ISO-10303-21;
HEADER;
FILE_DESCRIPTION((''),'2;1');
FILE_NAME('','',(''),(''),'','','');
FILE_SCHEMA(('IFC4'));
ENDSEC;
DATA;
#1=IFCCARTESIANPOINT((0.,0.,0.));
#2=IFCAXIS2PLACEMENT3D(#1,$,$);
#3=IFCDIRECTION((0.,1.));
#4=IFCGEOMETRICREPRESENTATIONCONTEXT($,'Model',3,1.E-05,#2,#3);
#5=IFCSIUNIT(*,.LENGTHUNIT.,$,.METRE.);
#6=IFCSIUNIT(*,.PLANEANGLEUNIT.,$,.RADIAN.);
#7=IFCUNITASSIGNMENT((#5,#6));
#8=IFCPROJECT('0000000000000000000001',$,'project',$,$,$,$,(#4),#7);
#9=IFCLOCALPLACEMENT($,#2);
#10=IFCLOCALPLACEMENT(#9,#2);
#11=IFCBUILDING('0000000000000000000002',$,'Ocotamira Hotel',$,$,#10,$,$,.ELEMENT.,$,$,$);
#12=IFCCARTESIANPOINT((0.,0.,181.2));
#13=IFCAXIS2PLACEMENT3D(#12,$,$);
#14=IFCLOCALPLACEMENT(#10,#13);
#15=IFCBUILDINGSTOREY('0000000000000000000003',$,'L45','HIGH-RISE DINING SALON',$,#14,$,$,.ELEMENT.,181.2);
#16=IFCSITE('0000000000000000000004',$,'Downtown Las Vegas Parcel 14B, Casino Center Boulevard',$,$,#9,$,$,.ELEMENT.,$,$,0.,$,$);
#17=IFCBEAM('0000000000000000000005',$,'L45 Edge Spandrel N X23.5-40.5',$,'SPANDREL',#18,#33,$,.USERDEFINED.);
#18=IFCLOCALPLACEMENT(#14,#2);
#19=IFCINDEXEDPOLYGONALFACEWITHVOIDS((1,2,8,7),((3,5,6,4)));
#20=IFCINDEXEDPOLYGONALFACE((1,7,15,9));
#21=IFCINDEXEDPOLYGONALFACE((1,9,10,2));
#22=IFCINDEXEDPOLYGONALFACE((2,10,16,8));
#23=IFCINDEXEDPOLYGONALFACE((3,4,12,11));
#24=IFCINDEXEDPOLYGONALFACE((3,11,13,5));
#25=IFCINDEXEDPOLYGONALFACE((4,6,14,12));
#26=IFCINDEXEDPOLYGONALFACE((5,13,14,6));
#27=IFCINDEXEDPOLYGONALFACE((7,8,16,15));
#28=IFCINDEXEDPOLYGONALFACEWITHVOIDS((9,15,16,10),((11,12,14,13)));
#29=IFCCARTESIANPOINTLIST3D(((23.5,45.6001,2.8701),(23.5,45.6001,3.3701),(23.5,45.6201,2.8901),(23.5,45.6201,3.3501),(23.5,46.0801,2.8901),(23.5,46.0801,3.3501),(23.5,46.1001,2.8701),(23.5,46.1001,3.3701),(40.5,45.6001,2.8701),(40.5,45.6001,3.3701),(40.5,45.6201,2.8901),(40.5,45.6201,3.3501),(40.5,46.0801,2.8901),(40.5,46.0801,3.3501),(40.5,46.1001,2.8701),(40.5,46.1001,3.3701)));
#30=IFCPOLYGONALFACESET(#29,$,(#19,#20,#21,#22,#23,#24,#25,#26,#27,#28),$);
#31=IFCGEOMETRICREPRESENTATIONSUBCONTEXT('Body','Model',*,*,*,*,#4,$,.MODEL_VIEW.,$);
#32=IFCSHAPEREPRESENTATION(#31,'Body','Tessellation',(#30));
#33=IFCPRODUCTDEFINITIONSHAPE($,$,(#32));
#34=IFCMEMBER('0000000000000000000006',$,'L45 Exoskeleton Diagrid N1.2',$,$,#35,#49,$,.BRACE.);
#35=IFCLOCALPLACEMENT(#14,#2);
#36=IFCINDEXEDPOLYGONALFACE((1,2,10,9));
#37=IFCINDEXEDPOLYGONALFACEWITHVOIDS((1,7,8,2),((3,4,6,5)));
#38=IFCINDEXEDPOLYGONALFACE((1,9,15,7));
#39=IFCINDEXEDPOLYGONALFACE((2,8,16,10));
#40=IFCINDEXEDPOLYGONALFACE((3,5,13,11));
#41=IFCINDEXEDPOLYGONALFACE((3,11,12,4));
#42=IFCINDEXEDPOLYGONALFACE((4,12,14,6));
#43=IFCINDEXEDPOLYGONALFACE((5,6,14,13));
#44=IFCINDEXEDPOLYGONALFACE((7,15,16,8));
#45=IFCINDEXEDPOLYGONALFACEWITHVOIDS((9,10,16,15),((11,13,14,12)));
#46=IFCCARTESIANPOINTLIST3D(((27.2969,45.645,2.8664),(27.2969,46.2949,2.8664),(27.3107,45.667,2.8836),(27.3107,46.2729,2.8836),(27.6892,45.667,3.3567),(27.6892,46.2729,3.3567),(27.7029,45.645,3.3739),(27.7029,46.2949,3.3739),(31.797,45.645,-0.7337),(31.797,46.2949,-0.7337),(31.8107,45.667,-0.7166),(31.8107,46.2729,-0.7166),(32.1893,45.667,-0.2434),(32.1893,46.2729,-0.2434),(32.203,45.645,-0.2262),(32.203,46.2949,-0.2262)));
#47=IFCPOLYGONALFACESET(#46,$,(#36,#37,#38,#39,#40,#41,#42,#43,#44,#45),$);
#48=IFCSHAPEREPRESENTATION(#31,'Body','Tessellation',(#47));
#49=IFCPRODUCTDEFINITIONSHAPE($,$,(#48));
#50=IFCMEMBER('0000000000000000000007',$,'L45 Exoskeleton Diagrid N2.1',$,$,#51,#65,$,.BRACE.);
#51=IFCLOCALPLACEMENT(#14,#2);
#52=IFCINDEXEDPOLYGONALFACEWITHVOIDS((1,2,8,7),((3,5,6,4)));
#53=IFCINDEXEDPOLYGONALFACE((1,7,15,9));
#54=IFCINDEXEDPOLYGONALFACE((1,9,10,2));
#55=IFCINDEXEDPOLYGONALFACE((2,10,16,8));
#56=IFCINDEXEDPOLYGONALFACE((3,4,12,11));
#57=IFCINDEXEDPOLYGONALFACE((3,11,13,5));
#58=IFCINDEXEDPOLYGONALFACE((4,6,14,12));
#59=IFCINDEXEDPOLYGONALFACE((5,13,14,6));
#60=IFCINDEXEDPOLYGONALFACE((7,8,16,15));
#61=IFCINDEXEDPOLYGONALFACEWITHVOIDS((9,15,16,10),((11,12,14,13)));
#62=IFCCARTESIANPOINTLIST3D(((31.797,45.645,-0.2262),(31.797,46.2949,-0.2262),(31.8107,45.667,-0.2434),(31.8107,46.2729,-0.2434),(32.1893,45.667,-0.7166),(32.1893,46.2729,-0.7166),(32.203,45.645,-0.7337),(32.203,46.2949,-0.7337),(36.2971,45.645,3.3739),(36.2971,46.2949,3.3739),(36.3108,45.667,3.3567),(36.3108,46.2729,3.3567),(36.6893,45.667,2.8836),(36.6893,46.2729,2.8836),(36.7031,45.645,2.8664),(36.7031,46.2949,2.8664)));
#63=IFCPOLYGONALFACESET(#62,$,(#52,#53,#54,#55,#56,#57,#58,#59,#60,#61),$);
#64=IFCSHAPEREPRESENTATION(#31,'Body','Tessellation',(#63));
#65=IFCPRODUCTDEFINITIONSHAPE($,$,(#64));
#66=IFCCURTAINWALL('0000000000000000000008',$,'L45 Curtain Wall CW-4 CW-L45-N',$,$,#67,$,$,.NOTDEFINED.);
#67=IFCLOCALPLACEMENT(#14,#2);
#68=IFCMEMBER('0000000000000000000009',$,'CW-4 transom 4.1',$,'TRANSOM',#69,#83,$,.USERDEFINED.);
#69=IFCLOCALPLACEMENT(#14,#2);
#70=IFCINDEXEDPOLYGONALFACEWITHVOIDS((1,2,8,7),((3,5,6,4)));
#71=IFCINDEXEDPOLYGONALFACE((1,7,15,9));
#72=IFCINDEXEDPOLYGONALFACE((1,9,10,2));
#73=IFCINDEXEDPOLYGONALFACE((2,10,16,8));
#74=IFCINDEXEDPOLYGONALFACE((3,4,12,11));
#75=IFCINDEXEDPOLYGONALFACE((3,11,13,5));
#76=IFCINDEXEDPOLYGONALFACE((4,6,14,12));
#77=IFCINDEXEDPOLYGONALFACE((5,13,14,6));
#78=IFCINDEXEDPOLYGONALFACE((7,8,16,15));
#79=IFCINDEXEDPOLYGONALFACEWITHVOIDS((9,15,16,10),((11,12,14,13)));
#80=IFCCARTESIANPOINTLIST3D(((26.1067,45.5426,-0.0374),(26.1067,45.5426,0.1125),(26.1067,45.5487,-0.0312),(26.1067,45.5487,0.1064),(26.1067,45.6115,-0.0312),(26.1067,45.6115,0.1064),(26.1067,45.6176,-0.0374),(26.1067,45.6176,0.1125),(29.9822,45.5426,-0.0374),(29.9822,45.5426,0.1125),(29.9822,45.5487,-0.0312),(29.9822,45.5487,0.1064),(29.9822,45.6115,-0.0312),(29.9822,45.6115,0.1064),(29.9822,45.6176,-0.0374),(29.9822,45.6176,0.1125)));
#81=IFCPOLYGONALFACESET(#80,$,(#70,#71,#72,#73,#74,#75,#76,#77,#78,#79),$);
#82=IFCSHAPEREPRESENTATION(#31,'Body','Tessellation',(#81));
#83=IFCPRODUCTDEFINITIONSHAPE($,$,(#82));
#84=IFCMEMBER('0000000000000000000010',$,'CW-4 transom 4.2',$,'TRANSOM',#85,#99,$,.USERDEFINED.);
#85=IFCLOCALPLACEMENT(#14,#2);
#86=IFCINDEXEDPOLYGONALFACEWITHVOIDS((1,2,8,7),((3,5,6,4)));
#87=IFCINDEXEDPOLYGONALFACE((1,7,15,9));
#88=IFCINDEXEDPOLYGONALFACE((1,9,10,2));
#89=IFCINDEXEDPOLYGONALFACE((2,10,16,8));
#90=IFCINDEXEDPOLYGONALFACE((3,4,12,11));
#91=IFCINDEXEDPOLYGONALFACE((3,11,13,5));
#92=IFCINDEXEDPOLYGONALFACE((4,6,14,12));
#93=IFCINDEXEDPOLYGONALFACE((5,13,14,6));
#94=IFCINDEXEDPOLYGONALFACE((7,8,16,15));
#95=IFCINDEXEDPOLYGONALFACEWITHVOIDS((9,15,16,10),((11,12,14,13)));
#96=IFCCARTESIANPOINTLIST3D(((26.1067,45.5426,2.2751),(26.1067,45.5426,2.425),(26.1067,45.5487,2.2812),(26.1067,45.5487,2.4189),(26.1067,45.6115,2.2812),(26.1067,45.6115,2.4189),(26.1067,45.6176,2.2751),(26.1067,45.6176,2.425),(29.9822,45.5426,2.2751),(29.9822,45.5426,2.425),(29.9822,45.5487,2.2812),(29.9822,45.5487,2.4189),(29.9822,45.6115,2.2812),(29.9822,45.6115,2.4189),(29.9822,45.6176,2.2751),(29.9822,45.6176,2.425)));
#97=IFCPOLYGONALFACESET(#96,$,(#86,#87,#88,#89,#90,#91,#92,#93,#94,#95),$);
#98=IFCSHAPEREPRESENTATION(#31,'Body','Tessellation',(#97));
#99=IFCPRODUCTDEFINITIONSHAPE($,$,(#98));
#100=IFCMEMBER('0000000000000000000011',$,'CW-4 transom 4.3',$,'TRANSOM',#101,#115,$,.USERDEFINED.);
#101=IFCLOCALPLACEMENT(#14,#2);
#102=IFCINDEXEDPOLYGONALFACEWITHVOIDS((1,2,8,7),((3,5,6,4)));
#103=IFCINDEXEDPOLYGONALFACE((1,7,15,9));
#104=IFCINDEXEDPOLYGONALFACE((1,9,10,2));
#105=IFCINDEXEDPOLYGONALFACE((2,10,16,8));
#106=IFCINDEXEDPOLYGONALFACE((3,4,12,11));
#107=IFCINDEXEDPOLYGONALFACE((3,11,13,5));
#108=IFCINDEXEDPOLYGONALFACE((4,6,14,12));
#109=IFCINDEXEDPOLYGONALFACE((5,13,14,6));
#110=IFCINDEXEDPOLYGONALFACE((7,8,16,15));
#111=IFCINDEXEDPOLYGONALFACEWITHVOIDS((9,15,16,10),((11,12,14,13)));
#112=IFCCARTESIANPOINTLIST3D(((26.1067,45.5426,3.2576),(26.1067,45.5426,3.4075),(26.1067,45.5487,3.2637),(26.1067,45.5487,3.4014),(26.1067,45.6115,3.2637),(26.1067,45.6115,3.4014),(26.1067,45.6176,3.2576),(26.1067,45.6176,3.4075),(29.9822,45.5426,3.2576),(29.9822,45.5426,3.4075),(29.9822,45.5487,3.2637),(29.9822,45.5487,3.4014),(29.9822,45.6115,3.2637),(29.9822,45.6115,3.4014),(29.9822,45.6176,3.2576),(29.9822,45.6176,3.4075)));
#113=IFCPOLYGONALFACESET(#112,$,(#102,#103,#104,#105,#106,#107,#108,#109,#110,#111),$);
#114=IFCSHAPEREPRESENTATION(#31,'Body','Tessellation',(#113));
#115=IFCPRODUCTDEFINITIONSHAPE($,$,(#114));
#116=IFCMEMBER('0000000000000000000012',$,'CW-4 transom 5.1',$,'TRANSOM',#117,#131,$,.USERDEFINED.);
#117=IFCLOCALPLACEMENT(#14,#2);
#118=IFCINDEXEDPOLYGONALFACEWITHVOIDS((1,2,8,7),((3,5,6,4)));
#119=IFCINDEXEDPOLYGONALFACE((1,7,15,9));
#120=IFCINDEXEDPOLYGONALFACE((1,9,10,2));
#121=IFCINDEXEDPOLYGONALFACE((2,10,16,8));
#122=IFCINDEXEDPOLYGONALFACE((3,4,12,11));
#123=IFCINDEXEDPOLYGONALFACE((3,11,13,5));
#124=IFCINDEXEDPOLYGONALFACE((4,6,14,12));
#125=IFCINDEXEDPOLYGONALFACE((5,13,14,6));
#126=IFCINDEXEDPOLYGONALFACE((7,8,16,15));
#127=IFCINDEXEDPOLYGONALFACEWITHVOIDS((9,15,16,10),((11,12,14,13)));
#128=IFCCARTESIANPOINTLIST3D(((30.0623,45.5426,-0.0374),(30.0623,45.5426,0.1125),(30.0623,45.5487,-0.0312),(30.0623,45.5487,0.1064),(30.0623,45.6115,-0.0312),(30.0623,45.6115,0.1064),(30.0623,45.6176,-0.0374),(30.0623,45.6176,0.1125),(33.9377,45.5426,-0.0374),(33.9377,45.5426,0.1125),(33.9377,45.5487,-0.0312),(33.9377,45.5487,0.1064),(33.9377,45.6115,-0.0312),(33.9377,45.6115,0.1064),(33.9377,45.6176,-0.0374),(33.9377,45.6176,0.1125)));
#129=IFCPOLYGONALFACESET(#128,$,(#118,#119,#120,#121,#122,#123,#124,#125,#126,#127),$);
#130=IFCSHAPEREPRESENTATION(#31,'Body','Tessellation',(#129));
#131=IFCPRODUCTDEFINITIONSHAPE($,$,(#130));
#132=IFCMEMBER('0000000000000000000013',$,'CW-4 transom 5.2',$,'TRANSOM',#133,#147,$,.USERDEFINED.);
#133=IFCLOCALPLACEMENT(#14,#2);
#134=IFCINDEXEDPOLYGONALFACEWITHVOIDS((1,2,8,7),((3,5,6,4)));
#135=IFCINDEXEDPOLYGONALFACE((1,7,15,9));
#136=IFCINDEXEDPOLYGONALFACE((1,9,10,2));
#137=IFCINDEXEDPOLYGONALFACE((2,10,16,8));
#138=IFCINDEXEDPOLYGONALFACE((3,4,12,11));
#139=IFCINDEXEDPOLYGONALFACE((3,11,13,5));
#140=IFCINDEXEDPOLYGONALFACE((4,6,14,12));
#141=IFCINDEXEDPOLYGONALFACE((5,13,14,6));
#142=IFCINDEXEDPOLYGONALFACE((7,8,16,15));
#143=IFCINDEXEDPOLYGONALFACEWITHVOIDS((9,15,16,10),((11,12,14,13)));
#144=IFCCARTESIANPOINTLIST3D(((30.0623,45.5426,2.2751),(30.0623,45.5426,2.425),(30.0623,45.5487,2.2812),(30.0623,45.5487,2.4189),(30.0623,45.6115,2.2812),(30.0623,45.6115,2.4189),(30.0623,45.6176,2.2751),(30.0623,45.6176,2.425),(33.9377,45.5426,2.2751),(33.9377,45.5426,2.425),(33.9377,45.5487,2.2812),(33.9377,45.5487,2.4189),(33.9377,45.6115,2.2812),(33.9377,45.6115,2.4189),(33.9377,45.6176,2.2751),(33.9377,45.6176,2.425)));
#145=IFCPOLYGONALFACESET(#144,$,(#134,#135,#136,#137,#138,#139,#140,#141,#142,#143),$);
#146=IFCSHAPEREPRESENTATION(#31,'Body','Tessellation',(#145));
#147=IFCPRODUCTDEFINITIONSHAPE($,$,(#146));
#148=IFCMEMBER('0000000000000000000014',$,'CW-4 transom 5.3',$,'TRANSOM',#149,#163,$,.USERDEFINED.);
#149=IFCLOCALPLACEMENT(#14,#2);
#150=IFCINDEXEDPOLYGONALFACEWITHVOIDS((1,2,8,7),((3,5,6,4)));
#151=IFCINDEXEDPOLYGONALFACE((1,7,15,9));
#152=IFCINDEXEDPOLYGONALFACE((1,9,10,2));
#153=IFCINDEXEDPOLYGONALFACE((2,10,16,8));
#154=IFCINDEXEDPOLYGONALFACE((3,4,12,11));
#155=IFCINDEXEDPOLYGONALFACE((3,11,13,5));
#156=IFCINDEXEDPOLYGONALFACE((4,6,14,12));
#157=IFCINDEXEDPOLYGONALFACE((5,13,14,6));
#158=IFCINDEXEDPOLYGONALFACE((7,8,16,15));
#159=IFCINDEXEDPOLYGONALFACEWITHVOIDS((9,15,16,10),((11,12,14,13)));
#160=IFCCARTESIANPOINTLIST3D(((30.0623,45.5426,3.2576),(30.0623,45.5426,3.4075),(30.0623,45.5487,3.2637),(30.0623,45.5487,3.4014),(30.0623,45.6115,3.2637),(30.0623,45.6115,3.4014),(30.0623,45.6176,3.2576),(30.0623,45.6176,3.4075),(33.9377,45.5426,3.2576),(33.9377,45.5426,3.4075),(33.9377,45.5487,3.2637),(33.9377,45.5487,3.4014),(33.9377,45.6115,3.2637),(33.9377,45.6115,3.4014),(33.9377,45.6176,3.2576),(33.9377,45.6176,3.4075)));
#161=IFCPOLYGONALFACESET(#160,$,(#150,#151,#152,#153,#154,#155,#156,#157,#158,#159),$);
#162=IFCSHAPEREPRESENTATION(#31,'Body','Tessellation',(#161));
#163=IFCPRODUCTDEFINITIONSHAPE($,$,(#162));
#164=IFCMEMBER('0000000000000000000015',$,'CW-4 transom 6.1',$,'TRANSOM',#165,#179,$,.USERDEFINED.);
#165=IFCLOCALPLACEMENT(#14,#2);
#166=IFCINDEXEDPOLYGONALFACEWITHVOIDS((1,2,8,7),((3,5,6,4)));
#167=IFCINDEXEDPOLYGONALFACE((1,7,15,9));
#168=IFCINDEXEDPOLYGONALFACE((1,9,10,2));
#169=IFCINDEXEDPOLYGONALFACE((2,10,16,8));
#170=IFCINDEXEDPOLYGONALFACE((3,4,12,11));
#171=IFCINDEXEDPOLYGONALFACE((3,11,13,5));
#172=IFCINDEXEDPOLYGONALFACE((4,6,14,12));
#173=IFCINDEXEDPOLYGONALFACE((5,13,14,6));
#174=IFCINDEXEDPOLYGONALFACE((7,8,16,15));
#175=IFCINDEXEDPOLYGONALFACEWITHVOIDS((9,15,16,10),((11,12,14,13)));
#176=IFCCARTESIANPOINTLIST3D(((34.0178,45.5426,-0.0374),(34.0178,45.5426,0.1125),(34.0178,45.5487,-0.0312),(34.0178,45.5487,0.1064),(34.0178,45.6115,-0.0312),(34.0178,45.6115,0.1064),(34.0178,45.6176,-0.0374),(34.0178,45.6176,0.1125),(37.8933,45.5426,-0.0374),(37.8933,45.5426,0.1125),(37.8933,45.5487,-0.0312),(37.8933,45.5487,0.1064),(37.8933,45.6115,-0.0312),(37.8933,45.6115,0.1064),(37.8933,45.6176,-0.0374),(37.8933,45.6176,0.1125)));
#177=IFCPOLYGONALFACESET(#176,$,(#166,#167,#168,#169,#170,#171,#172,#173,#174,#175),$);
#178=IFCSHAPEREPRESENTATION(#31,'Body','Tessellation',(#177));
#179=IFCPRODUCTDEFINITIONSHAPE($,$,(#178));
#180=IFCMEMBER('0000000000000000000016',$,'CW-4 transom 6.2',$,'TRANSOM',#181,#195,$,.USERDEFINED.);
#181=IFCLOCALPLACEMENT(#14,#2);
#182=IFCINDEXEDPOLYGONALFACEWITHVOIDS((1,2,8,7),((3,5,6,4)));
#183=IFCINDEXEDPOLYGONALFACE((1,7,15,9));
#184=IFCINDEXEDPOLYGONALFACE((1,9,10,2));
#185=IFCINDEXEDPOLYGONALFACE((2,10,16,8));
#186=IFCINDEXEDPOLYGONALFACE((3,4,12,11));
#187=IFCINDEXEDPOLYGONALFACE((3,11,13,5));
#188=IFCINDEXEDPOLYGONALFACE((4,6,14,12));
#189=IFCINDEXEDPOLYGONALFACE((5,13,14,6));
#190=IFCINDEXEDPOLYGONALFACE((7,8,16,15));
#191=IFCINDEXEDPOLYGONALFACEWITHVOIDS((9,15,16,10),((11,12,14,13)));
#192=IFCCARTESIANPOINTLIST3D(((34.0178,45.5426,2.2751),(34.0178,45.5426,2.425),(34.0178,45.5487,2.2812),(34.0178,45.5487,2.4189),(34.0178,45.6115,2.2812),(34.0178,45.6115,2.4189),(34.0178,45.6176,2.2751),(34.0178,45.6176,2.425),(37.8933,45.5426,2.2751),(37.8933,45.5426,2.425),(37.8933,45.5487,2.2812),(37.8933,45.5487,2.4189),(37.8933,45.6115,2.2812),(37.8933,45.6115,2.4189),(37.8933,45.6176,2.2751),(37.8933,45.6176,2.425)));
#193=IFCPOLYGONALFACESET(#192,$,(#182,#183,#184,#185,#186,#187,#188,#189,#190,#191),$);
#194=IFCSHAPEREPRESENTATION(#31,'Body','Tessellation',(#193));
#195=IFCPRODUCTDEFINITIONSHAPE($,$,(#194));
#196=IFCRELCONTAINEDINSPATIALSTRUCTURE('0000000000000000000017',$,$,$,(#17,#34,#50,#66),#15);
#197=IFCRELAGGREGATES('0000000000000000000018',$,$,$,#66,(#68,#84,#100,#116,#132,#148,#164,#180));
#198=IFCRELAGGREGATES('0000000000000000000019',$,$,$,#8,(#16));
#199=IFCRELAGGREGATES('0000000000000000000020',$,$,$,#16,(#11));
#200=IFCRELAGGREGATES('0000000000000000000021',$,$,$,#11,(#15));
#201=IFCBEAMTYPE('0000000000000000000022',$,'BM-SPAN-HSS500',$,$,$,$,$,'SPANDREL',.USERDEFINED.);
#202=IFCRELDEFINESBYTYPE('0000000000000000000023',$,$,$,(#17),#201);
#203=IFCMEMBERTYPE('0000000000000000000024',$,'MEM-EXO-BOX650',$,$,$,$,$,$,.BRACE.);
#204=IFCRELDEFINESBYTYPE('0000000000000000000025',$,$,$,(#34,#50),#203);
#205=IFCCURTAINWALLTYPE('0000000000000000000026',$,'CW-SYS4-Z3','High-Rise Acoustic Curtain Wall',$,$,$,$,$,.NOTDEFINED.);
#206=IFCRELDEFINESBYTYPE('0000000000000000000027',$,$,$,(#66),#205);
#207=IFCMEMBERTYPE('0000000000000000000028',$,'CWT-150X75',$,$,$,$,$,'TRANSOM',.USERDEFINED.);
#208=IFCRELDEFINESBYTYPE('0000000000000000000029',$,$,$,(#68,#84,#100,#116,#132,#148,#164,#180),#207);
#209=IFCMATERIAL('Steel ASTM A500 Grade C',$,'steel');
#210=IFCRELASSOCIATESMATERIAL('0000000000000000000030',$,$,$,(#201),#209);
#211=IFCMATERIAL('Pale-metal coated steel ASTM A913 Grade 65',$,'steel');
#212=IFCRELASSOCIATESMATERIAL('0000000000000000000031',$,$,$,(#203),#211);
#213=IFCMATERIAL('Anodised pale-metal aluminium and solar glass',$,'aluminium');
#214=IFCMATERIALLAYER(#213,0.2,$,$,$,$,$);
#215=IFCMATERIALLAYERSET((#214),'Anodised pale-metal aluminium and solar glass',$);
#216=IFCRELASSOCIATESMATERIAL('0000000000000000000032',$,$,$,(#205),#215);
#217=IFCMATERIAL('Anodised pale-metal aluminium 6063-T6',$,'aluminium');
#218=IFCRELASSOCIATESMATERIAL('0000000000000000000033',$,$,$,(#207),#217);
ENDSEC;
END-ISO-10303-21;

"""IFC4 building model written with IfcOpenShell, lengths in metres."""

from ifc_helpers import new_model, si_unit, direction, frame, origin, origin_2d, place, context, subcontext, project, spatial, hollow_rectangle, extrude, source, transform, mapped, material, layer, layer_set, material_profile, profile_set, type_object, element, aggregate, save


model = new_model("IFC4")

# Units and contexts
model_context = context("Model", 3, precision=1e-05, world=origin(), true_north=direction((0.0, 1.0)))
body_context = subcontext(model_context, "Body", "Model", "MODEL_VIEW")
ifc_project = project(units=[si_unit("LENGTHUNIT", "METRE"), si_unit("PLANEANGLEUNIT", "RADIAN")], contexts=[model_context])

# Site, building, storey
site_placement = place(None, origin())
site = spatial("IfcSite", under=ifc_project, at=site_placement, Name="Downtown Las Vegas Parcel 14B, Casino Center Boulevard", CompositionType="ELEMENT", RefElevation=0.0)
building_placement = place(site_placement, origin())
building = spatial("IfcBuilding", under=site, at=building_placement, Name="Ocotamira Hotel", CompositionType="ELEMENT")
storey_placement = place(building_placement, frame((0.0, 0.0, 181.2)))
storey = spatial("IfcBuildingStorey", under=building, at=storey_placement, Name="L45", Description="HIGH-RISE DINING SALON", CompositionType="ELEMENT", Elevation=181.2)

# Beam
ifc_material_1 = material(Name="Steel ASTM A500 Grade C", Category="steel")
ifc_material_profile_1 = material_profile(ifc_material_1, hollow_rectangle(XDim=0.5, YDim=0.5, WallThickness=0.02, at=origin_2d()), Name="HSS500X500X20")
ifc_profile_set_1 = profile_set([ifc_material_profile_1], Name="Steel ASTM A500 Grade C")
beam_type = type_object("IfcBeamType", Name="BM-SPAN-HSS500", ElementType="SPANDREL", PredefinedType="USERDEFINED", material=ifc_profile_set_1)
shared_shape_1 = source(origin(), body_context, "Body", "SweptSolid", [
    extrude(hollow_rectangle(XDim=0.5, YDim=0.5, WallThickness=0.02, at=origin_2d()), origin(), (0.0, 0.0, 1.0), 17.0),
])
beam_placement = place(storey_placement, frame((23.5, 45.8501, 3.1201), z_axis=(1.0, 0.0, 0.0), x_axis=(0.0, 1.0, 0.0)))
element("IfcBeam", 1, at=beam_placement, inside=storey, type_object=beam_type, Name="L45 Edge Spandrel N X23.5-40.5", ObjectType="SPANDREL", PredefinedType="USERDEFINED", context=body_context, shape_type="MappedRepresentation", body=[
    mapped(shared_shape_1, transform((0.0, 0.0, 0.0), scale=1.0)),
])

# Members
ifc_material_2 = material(Name="Pale-metal coated steel ASTM A913 Grade 65", Category="steel")
ifc_material_profile_2 = material_profile(ifc_material_2, hollow_rectangle(XDim=0.6499, YDim=0.6499, WallThickness=0.022, at=origin_2d()), Name="BOX650X650X22")
ifc_profile_set_2 = profile_set([ifc_material_profile_2], Name="Pale-metal coated steel ASTM A913 Grade 65")
member_type_1 = type_object("IfcMemberType", Name="MEM-EXO-BOX650", PredefinedType="BRACE", material=ifc_profile_set_2)
shared_shape_2 = source(origin(), body_context, "Body", "SweptSolid", [
    extrude(hollow_rectangle(XDim=0.6499, YDim=0.6499, WallThickness=0.022, at=origin_2d()), origin(), (0.0, 0.0, 1.0), 5.7629),
])
for number, where, z_axis, x_axis, name in (
    (2, (32.0, 45.97, -0.48), (-0.780861, 0.0, 0.624705), (0.0, -1.0, 0.0), "L45 Exoskeleton Diagrid N1.2"),
    (3, (32.0, 45.97, -0.48), (0.780861, 0.0, 0.624705), (0.0, 1.0, 0.0), "L45 Exoskeleton Diagrid N2.1"),
):
    element("IfcMember", number, at=place(storey_placement, frame(where, z_axis=z_axis, x_axis=x_axis)), inside=storey, type_object=member_type_1, Name=name, PredefinedType="BRACE", context=body_context, shape_type="MappedRepresentation", body=[
        mapped(shared_shape_2, transform((0.0, 0.0, 0.0), scale=1.0)),
    ])

# Curtain wall, members
ifc_material_3 = material(Name="Anodised pale-metal aluminium and solar glass", Category="aluminium")
ifc_layer_1 = layer(ifc_material_3, 0.2)
ifc_layer_set_1 = layer_set([ifc_layer_1], Name="Anodised pale-metal aluminium and solar glass")
curtain_wall_type = type_object("IfcCurtainWallType", Name="CW-SYS4-Z3", Description="High-Rise Acoustic Curtain Wall", PredefinedType="NOTDEFINED", material=ifc_layer_set_1)
curtain_wall_placement = place(storey_placement, origin())
curtain_wall = element("IfcCurtainWall", 4, at=curtain_wall_placement, inside=storey, type_object=curtain_wall_type, Name="L45 Curtain Wall CW-4 CW-L45-N", PredefinedType="NOTDEFINED")
ifc_material_4 = material(Name="Anodised pale-metal aluminium 6063-T6", Category="aluminium")
ifc_material_profile_3 = material_profile(ifc_material_4, hollow_rectangle(XDim=0.075, YDim=0.1499, WallThickness=0.0061, at=origin_2d()), Name="HSS150X75X6")
ifc_profile_set_3 = profile_set([ifc_material_profile_3], Name="Anodised pale-metal aluminium 6063-T6")
member_type_2 = type_object("IfcMemberType", Name="CWT-150X75", ElementType="TRANSOM", PredefinedType="USERDEFINED", material=ifc_profile_set_3)
shared_shape_3 = source(origin(), body_context, "Body", "SweptSolid", [
    extrude(hollow_rectangle(XDim=0.075, YDim=0.1499, WallThickness=0.0061, at=origin_2d()), origin(), (0.0, 0.0, 1.0), 3.8755),
])
member_1_placement = place(storey_placement, frame((26.1067, 45.5801, 0.0376), z_axis=(1.0, 0.0, 0.0), x_axis=(0.0, 1.0, 0.0)))
member_1 = element("IfcMember", 5, at=member_1_placement, type_object=member_type_2, Name="CW-4 transom 4.1", ObjectType="TRANSOM", PredefinedType="USERDEFINED", context=body_context, shape_type="MappedRepresentation", body=[
    mapped(shared_shape_3, transform((0.0, 0.0, 0.0), scale=1.0)),
])
member_2_placement = place(storey_placement, frame((26.1067, 45.5801, 2.3501), z_axis=(1.0, 0.0, 0.0), x_axis=(0.0, 1.0, 0.0)))
member_2 = element("IfcMember", 6, at=member_2_placement, type_object=member_type_2, Name="CW-4 transom 4.2", ObjectType="TRANSOM", PredefinedType="USERDEFINED", context=body_context, shape_type="MappedRepresentation", body=[
    mapped(shared_shape_3, transform((0.0, 0.0, 0.0), scale=1.0)),
])
member_3_placement = place(storey_placement, frame((26.1067, 45.5801, 3.3325), z_axis=(1.0, 0.0, 0.0), x_axis=(0.0, 1.0, 0.0)))
member_3 = element("IfcMember", 7, at=member_3_placement, type_object=member_type_2, Name="CW-4 transom 4.3", ObjectType="TRANSOM", PredefinedType="USERDEFINED", context=body_context, shape_type="MappedRepresentation", body=[
    mapped(shared_shape_3, transform((0.0, 0.0, 0.0), scale=1.0)),
])
member_4_placement = place(storey_placement, frame((30.0623, 45.5801, 0.0376), z_axis=(1.0, 0.0, 0.0), x_axis=(0.0, 1.0, 0.0)))
member_4 = element("IfcMember", 8, at=member_4_placement, type_object=member_type_2, Name="CW-4 transom 5.1", ObjectType="TRANSOM", PredefinedType="USERDEFINED", context=body_context, shape_type="MappedRepresentation", body=[
    mapped(shared_shape_3, transform((0.0, 0.0, 0.0), scale=1.0)),
])
member_5_placement = place(storey_placement, frame((30.0623, 45.5801, 2.3501), z_axis=(1.0, 0.0, 0.0), x_axis=(0.0, 1.0, 0.0)))
member_5 = element("IfcMember", 9, at=member_5_placement, type_object=member_type_2, Name="CW-4 transom 5.2", ObjectType="TRANSOM", PredefinedType="USERDEFINED", context=body_context, shape_type="MappedRepresentation", body=[
    mapped(shared_shape_3, transform((0.0, 0.0, 0.0), scale=1.0)),
])
member_6_placement = place(storey_placement, frame((30.0623, 45.5801, 3.3325), z_axis=(1.0, 0.0, 0.0), x_axis=(0.0, 1.0, 0.0)))
member_6 = element("IfcMember", 10, at=member_6_placement, type_object=member_type_2, Name="CW-4 transom 5.3", ObjectType="TRANSOM", PredefinedType="USERDEFINED", context=body_context, shape_type="MappedRepresentation", body=[
    mapped(shared_shape_3, transform((0.0, 0.0, 0.0), scale=1.0)),
])
member_7_placement = place(storey_placement, frame((34.0178, 45.5801, 0.0376), z_axis=(1.0, 0.0, 0.0), x_axis=(0.0, 1.0, 0.0)))
member_7 = element("IfcMember", 11, at=member_7_placement, type_object=member_type_2, Name="CW-4 transom 6.1", ObjectType="TRANSOM", PredefinedType="USERDEFINED", context=body_context, shape_type="MappedRepresentation", body=[
    mapped(shared_shape_3, transform((0.0, 0.0, 0.0), scale=1.0)),
])
member_8_placement = place(storey_placement, frame((34.0178, 45.5801, 2.3501), z_axis=(1.0, 0.0, 0.0), x_axis=(0.0, 1.0, 0.0)))
member_8 = element("IfcMember", 12, at=member_8_placement, type_object=member_type_2, Name="CW-4 transom 6.2", ObjectType="TRANSOM", PredefinedType="USERDEFINED", context=body_context, shape_type="MappedRepresentation", body=[
    mapped(shared_shape_3, transform((0.0, 0.0, 0.0), scale=1.0)),
])

aggregate(curtain_wall, [member_1, member_2, member_3, member_4, member_5, member_6, member_7, member_8])

save(model, "model.ifc")
